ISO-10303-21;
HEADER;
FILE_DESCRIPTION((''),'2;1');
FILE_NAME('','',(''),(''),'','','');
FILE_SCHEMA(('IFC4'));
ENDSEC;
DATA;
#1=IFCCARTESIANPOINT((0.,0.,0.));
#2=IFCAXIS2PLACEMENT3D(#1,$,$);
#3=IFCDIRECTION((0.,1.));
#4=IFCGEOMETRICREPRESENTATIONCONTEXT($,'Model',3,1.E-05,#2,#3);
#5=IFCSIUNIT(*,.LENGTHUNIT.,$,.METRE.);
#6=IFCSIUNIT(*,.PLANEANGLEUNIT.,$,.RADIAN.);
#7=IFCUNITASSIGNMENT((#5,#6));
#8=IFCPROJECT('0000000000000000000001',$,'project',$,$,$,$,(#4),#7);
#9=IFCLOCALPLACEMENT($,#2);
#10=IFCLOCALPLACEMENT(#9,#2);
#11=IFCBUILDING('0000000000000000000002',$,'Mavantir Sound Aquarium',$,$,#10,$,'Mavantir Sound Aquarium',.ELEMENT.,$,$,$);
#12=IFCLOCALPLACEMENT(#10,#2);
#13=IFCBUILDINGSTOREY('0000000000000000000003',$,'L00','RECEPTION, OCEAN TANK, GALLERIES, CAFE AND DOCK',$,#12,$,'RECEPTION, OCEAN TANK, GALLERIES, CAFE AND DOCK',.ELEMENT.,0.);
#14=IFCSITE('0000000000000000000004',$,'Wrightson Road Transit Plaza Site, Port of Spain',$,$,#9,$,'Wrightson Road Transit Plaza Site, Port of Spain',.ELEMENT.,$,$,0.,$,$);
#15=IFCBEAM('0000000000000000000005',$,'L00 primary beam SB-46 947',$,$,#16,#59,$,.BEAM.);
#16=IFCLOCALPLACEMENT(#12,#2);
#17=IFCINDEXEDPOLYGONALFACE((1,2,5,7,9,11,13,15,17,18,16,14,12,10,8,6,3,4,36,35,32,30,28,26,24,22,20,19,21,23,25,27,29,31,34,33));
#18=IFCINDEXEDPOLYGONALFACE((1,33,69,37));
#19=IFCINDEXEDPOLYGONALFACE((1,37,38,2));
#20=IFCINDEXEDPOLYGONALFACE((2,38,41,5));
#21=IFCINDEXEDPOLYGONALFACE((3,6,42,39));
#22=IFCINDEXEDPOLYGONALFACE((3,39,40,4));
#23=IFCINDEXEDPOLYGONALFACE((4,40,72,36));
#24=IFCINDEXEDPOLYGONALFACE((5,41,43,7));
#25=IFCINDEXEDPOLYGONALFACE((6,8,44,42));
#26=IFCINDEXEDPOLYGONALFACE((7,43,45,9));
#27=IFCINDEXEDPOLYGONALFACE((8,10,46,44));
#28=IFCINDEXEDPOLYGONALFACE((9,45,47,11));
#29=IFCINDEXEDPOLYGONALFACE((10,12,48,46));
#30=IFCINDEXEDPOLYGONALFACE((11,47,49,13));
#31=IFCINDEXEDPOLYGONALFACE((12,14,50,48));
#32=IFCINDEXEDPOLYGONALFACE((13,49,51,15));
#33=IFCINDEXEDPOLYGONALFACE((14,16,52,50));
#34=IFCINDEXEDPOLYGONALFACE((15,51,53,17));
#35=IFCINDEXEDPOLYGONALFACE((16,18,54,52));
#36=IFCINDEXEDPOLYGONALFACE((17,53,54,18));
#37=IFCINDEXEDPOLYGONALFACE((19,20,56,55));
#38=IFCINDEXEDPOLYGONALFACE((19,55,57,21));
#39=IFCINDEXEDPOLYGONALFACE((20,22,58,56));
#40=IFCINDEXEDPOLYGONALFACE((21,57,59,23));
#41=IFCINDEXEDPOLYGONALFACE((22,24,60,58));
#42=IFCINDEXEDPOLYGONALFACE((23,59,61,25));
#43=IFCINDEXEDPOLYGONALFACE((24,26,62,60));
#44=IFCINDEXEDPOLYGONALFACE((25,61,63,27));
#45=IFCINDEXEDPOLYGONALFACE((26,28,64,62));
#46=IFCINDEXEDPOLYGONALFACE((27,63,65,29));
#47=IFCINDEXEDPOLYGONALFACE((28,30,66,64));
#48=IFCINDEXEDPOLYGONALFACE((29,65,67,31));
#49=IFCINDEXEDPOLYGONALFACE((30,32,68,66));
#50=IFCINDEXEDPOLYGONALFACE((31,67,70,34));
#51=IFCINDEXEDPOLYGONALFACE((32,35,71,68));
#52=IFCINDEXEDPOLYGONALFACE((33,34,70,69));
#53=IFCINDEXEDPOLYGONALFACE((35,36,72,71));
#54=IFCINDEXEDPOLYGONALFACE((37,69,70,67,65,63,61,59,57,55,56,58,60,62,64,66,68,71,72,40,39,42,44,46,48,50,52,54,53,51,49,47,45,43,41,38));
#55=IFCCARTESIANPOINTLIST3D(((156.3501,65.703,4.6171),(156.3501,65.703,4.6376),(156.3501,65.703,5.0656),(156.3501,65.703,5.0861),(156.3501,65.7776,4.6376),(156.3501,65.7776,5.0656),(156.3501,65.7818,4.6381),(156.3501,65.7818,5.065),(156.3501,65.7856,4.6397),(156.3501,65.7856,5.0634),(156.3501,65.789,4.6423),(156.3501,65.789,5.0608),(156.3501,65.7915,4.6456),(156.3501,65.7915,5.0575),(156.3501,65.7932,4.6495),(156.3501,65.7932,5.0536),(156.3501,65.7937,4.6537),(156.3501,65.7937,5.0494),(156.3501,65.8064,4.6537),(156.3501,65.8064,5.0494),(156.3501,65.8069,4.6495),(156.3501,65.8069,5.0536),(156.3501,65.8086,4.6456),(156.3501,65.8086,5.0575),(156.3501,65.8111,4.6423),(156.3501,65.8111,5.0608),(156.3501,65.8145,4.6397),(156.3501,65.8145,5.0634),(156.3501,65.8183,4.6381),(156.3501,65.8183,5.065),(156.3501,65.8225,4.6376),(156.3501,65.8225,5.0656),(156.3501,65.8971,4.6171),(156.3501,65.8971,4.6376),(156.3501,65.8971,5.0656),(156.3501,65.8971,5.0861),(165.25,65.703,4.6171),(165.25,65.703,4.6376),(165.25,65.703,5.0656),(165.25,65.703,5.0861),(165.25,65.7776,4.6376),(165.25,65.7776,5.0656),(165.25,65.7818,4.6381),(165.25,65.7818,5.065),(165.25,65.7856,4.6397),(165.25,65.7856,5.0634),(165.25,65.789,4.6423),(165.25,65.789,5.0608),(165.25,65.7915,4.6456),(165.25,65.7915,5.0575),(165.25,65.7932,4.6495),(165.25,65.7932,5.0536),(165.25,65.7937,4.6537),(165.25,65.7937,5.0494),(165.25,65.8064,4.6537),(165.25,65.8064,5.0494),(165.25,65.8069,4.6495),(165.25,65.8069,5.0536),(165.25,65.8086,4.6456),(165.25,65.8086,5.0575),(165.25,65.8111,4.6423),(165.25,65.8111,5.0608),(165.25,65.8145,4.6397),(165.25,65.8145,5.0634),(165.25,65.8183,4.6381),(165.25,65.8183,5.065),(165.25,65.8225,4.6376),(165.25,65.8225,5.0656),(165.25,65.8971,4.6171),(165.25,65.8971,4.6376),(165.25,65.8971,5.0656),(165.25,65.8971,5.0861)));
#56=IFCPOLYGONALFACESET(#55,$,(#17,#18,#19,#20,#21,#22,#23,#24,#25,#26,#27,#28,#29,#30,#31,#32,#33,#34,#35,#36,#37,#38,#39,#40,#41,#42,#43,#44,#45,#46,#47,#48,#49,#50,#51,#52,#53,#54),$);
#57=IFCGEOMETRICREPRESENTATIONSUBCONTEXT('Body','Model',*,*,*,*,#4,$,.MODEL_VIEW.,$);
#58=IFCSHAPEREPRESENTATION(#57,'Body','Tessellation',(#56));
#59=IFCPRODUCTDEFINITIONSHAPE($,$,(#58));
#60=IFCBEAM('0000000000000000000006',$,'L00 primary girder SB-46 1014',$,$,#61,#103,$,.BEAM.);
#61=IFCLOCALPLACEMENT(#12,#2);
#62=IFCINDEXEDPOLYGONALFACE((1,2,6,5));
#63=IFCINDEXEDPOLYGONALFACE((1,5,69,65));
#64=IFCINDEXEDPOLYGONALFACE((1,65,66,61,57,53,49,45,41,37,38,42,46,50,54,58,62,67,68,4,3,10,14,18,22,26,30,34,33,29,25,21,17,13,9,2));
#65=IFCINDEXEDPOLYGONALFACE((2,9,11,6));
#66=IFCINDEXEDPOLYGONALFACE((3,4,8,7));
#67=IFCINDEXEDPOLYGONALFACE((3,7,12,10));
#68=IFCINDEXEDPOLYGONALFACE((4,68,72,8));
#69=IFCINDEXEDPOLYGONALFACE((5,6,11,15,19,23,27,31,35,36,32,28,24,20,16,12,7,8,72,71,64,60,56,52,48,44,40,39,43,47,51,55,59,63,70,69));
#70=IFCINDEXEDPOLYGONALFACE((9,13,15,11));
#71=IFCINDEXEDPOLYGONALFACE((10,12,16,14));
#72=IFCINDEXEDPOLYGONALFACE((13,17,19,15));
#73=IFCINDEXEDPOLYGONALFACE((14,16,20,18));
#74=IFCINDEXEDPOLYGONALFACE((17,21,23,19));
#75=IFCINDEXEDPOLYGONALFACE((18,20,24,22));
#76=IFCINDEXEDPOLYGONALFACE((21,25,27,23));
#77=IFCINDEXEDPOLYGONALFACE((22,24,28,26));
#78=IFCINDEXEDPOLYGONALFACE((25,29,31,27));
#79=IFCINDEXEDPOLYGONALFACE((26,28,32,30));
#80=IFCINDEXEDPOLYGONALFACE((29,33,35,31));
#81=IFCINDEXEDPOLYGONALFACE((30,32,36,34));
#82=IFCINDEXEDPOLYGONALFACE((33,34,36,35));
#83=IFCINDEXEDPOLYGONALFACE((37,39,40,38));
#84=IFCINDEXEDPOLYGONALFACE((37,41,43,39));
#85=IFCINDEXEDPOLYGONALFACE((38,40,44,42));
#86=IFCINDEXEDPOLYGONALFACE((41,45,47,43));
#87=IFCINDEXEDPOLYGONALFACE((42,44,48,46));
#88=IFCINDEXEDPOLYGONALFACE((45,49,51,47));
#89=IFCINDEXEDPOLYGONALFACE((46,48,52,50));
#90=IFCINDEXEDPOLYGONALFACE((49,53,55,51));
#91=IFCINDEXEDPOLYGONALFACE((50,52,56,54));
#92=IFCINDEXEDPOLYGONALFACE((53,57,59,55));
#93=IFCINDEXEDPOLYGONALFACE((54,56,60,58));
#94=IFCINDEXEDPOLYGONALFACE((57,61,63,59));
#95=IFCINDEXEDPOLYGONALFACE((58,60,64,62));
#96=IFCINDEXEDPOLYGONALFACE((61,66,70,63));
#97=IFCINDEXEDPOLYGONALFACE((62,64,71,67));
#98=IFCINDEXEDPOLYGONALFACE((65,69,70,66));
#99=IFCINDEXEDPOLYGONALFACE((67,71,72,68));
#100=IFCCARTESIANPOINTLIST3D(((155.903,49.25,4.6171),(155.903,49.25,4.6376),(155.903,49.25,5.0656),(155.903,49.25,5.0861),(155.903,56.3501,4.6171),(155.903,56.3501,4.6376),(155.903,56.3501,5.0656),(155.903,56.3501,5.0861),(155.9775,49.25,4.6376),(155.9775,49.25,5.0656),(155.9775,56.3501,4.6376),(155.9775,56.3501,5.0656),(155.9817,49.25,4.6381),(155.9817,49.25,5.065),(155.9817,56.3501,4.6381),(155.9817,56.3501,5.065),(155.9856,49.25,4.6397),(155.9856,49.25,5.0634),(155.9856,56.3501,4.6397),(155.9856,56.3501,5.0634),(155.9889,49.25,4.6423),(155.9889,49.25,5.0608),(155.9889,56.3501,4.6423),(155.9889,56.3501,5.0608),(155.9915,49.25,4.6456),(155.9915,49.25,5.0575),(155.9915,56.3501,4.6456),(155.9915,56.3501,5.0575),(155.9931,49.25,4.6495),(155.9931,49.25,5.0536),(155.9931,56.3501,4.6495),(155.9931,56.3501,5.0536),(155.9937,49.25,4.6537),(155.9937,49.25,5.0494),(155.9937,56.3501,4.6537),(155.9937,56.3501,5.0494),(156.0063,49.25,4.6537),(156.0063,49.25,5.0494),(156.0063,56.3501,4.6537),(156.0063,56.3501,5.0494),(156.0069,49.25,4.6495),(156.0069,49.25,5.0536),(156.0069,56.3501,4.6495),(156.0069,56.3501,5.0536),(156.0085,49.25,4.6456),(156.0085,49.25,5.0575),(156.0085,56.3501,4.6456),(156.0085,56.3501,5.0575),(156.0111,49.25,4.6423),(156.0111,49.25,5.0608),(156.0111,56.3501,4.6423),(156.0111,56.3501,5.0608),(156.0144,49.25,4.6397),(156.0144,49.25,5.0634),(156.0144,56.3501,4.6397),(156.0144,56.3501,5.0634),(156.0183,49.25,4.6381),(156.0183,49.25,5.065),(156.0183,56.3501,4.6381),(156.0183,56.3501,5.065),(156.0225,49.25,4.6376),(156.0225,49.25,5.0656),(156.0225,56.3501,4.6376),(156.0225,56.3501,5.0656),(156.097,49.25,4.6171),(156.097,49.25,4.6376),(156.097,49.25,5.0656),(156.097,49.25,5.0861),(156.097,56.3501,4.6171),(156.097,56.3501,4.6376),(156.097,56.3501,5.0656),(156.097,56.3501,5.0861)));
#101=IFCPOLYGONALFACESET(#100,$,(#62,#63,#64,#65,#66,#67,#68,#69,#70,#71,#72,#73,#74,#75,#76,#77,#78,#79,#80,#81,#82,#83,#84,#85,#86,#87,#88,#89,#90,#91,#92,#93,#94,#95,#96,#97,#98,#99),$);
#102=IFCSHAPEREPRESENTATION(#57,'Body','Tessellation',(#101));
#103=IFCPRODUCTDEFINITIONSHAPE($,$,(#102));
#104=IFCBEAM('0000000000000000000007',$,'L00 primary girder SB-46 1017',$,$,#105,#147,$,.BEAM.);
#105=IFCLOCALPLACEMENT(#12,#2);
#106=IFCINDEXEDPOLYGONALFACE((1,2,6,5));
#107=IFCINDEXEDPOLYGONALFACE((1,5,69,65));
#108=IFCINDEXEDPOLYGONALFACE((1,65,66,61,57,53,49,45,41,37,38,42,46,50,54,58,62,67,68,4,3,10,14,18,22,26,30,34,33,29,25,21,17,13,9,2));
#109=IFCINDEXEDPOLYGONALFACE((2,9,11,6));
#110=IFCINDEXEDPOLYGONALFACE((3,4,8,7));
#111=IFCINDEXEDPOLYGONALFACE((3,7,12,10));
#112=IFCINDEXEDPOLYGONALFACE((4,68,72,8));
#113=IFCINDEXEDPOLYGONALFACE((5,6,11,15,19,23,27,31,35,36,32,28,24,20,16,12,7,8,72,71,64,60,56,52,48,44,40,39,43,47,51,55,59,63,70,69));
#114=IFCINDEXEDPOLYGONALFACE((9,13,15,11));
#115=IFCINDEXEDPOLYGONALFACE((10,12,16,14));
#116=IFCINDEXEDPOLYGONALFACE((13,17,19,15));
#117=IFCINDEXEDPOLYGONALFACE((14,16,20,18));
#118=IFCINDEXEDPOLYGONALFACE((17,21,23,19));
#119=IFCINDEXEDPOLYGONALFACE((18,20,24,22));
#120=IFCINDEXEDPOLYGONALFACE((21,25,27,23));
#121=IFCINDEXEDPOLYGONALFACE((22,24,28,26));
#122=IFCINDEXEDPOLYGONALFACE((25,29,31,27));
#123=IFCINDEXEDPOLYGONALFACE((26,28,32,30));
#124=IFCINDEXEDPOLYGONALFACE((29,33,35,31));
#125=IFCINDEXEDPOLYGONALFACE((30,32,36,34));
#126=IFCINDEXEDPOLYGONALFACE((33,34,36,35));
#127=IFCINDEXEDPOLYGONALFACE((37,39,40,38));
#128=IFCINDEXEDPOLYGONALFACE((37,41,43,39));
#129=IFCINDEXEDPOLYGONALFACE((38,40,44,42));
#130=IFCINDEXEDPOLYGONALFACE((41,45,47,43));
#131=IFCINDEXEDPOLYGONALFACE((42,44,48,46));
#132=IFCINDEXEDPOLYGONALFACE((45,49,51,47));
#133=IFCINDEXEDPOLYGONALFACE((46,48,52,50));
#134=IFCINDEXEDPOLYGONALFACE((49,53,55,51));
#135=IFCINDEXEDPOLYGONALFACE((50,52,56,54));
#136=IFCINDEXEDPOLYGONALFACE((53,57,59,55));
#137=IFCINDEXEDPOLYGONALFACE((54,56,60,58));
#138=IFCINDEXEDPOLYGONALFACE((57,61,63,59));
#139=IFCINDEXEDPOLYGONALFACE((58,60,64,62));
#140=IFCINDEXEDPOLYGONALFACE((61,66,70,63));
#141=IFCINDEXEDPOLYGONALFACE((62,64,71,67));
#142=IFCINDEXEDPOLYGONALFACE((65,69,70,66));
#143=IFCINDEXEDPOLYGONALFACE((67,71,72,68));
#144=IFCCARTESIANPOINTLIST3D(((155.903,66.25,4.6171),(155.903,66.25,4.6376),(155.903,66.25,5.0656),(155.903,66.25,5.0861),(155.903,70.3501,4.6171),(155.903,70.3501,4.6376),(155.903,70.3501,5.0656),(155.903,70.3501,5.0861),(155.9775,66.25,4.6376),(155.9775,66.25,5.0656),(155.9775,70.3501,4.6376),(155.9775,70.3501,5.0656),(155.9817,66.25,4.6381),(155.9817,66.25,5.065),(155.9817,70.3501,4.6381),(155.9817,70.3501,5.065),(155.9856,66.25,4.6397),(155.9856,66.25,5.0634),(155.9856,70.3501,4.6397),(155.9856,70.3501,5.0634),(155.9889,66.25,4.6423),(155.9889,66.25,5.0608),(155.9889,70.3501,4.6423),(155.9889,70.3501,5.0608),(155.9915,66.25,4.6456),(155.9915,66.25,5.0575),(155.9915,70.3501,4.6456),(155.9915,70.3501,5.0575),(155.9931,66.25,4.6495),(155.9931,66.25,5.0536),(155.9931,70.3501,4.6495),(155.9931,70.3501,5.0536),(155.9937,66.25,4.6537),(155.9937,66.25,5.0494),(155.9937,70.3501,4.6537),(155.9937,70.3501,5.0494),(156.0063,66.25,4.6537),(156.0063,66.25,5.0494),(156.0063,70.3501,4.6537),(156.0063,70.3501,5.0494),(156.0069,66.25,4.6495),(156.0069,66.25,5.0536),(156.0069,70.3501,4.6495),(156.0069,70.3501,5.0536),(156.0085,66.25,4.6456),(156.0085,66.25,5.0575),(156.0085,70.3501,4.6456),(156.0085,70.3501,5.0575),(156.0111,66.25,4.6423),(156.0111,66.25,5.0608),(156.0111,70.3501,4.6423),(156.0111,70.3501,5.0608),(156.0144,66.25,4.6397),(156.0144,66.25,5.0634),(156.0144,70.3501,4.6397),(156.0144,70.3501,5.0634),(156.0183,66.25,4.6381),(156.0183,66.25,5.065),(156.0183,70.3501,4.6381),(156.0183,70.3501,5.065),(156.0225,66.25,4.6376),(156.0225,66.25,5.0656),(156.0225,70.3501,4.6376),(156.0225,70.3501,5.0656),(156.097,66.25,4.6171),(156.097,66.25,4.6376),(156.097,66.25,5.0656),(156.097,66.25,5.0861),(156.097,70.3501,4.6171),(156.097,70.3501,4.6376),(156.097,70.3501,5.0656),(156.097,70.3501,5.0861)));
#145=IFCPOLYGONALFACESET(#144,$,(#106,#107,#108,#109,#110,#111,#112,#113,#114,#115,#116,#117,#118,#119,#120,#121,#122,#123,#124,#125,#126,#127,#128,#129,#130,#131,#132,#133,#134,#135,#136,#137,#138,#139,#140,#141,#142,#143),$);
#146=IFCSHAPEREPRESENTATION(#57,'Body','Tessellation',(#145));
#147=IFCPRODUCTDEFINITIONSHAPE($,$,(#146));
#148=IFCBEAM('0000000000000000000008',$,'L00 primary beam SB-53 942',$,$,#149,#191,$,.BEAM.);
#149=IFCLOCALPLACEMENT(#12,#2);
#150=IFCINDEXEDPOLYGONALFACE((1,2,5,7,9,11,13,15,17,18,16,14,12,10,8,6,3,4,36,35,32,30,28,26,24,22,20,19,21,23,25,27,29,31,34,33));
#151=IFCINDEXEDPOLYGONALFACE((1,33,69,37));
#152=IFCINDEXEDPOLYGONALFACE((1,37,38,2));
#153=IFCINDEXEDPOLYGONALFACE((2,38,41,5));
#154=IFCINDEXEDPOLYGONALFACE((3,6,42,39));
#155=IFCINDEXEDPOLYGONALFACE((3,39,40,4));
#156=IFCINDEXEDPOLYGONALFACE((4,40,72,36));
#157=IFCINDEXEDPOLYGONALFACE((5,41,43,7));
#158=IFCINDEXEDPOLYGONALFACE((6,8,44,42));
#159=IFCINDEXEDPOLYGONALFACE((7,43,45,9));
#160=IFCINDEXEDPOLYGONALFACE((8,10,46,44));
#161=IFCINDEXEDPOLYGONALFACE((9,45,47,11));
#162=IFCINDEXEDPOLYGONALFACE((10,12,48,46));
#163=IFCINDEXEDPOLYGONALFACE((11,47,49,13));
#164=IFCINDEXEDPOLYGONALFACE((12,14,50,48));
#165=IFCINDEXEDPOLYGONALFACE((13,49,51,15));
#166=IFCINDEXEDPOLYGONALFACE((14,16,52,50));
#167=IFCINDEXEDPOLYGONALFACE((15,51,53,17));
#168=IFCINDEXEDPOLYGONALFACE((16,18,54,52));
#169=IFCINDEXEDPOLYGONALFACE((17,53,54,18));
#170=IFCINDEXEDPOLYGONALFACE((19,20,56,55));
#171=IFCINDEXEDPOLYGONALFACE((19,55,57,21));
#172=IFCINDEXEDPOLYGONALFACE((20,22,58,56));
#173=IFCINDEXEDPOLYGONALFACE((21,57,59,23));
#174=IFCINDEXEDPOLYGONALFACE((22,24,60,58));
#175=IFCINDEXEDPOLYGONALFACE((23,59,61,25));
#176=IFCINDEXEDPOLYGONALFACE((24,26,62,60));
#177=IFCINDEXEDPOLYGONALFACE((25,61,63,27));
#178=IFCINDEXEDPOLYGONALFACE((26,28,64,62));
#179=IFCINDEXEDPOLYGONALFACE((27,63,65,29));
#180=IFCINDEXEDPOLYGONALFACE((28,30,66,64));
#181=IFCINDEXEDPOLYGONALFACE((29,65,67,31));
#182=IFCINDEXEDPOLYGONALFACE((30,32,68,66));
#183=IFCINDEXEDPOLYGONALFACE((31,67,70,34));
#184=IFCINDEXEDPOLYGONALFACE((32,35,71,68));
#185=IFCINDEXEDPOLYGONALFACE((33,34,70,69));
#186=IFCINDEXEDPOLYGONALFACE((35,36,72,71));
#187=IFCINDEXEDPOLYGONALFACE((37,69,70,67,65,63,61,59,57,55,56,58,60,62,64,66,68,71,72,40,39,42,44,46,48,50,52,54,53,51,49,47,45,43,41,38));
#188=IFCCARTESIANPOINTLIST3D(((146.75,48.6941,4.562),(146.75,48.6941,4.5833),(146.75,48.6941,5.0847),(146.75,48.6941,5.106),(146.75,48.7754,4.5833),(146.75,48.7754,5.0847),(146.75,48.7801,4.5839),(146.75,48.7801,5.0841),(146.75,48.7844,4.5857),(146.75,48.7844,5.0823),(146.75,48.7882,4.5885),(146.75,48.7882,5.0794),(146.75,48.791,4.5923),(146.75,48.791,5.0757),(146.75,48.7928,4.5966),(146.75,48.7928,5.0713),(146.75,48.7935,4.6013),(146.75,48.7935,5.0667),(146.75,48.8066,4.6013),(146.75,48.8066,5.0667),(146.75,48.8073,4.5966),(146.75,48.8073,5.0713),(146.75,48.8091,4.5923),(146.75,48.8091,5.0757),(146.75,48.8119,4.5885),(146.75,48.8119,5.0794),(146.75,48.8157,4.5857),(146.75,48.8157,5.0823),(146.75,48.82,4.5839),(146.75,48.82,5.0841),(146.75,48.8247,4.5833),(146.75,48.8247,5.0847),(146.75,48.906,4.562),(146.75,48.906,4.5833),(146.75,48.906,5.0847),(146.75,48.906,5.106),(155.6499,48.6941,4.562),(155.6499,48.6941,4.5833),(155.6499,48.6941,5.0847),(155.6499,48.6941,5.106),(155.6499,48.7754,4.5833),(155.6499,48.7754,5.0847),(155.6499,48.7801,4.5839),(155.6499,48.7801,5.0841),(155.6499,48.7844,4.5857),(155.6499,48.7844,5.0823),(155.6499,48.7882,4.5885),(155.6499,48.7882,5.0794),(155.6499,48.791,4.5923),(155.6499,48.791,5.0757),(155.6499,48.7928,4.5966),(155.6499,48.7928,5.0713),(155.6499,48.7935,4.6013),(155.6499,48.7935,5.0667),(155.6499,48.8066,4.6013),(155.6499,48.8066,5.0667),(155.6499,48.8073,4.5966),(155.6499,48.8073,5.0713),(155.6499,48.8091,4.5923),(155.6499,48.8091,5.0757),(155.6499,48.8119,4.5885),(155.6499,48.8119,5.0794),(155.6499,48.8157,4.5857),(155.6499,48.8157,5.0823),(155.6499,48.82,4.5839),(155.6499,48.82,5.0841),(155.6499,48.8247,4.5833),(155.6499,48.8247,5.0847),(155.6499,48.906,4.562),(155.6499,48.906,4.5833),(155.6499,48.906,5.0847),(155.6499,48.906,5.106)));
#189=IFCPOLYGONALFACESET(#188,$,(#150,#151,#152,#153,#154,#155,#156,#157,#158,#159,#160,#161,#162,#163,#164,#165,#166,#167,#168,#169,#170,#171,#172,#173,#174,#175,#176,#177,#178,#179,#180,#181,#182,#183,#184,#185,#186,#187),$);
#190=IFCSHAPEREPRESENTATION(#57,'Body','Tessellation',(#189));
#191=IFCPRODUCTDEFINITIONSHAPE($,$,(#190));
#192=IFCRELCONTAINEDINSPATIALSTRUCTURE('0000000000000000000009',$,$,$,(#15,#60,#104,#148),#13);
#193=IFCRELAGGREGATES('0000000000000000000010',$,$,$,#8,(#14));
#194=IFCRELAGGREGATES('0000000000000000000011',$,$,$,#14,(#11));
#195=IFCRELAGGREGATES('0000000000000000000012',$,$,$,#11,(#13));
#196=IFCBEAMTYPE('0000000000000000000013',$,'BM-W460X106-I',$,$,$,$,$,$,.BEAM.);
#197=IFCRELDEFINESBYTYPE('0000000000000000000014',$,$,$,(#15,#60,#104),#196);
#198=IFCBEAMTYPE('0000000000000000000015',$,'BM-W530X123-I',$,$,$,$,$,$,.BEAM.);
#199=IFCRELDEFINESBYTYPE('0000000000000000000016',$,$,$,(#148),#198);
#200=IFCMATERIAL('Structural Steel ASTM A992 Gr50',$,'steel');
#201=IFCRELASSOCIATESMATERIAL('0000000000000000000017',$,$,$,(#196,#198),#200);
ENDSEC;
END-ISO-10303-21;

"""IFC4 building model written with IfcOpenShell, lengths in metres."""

from ifc_helpers import new_model, si_unit, direction, frame, origin, origin_2d, place, context, subcontext, project, spatial, i_section, extrude, material, material_profile, profile_set, type_object, element, save


model = new_model("IFC4")

# Units and contexts
model_context = context("Model", 3, precision=1e-05, world=origin(), true_north=direction((0.0, 1.0)))
body_context = subcontext(model_context, "Body", "Model", "MODEL_VIEW")
ifc_project = project(units=[si_unit("LENGTHUNIT", "METRE"), si_unit("PLANEANGLEUNIT", "RADIAN")], contexts=[model_context])

# Site, building, storey
site_placement = place(None, origin())
site = spatial("IfcSite", under=ifc_project, at=site_placement, Name="Wrightson Road Transit Plaza Site, Port of Spain", LongName="Wrightson Road Transit Plaza Site, Port of Spain", CompositionType="ELEMENT", RefElevation=0.0)
building_placement = place(site_placement, origin())
building = spatial("IfcBuilding", under=site, at=building_placement, Name="Mavantir Sound Aquarium", LongName="Mavantir Sound Aquarium", CompositionType="ELEMENT")
storey_placement = place(building_placement, origin())
storey = spatial("IfcBuildingStorey", under=building, at=storey_placement, Name="L00", Description="RECEPTION, OCEAN TANK, GALLERIES, CAFE AND DOCK", LongName="RECEPTION, OCEAN TANK, GALLERIES, CAFE AND DOCK", CompositionType="ELEMENT", Elevation=0.0)

# Beams
ifc_material_1 = material(Name="Structural Steel ASTM A992 Gr50", Category="steel")
ifc_material_profile_1 = material_profile(ifc_material_1, i_section(OverallWidth=0.1941, OverallDepth=0.469, WebThickness=0.0127, FlangeThickness=0.0205, FilletRadius=0.0161, at=origin_2d()), Name="W460X106")
ifc_profile_set_1 = profile_set([ifc_material_profile_1], Name="Structural Steel ASTM A992 Gr50")
beam_type_1 = type_object("IfcBeamType", Name="BM-W460X106-I", PredefinedType="BEAM", material=ifc_profile_set_1)
for number, where, z_axis, x_axis, name in (
    (1, (156.3501, 65.8, 4.8516), (1.0, 0.0, 0.0), (0.0, 1.0, 0.0), "L00 primary beam SB-46 947"),
):
    element("IfcBeam", number, at=place(storey_placement, frame(where, z_axis=z_axis, x_axis=x_axis)), inside=storey, type_object=beam_type_1, Name=name, PredefinedType="BEAM", context=body_context, shape_type="SweptSolid", body=[
        extrude(i_section(OverallWidth=0.1941, OverallDepth=0.469, WebThickness=0.0127, FlangeThickness=0.0205, FilletRadius=0.0161, at=origin_2d()), origin(), (0.0, 0.0, 1.0), 8.8999),
    ])
beam_1_placement = place(storey_placement, frame((156.0, 49.25, 4.8516), z_axis=(0.0, 1.0, 0.0), x_axis=(-1.0, 0.0, 0.0)))
element("IfcBeam", 2, at=beam_1_placement, inside=storey, type_object=beam_type_1, Name="L00 primary girder SB-46 1014", PredefinedType="BEAM", context=body_context, shape_type="SweptSolid", body=[
    extrude(i_section(OverallWidth=0.1941, OverallDepth=0.469, WebThickness=0.0127, FlangeThickness=0.0205, FilletRadius=0.0161, at=origin_2d()), origin(), (0.0, 0.0, 1.0), 7.1001),
])
beam_2_placement = place(storey_placement, frame((156.0, 66.25, 4.8516), z_axis=(0.0, 1.0, 0.0), x_axis=(-1.0, 0.0, 0.0)))
element("IfcBeam", 3, at=beam_2_placement, inside=storey, type_object=beam_type_1, Name="L00 primary girder SB-46 1017", PredefinedType="BEAM", context=body_context, shape_type="SweptSolid", body=[
    extrude(i_section(OverallWidth=0.1941, OverallDepth=0.469, WebThickness=0.0127, FlangeThickness=0.0205, FilletRadius=0.0161, at=origin_2d()), origin(), (0.0, 0.0, 1.0), 4.1001),
])
ifc_material_profile_2 = material_profile(ifc_material_1, i_section(OverallWidth=0.2119, OverallDepth=0.5439, WebThickness=0.0132, FlangeThickness=0.0212, FilletRadius=0.0181, at=origin_2d()), Name="W530X123")
ifc_profile_set_2 = profile_set([ifc_material_profile_2], Name="Structural Steel ASTM A992 Gr50")
beam_type_2 = type_object("IfcBeamType", Name="BM-W530X123-I", PredefinedType="BEAM", material=ifc_profile_set_2)
beam_3_placement = place(storey_placement, frame((146.75, 48.8, 4.834), z_axis=(1.0, 0.0, 0.0), x_axis=(0.0, 1.0, 0.0)))
element("IfcBeam", 4, at=beam_3_placement, inside=storey, type_object=beam_type_2, Name="L00 primary beam SB-53 942", PredefinedType="BEAM", context=body_context, shape_type="SweptSolid", body=[
    extrude(i_section(OverallWidth=0.2119, OverallDepth=0.5439, WebThickness=0.0132, FlangeThickness=0.0212, FilletRadius=0.0181, at=origin_2d()), origin(), (0.0, 0.0, 1.0), 8.8999),
])

save(model, "model.ifc")
